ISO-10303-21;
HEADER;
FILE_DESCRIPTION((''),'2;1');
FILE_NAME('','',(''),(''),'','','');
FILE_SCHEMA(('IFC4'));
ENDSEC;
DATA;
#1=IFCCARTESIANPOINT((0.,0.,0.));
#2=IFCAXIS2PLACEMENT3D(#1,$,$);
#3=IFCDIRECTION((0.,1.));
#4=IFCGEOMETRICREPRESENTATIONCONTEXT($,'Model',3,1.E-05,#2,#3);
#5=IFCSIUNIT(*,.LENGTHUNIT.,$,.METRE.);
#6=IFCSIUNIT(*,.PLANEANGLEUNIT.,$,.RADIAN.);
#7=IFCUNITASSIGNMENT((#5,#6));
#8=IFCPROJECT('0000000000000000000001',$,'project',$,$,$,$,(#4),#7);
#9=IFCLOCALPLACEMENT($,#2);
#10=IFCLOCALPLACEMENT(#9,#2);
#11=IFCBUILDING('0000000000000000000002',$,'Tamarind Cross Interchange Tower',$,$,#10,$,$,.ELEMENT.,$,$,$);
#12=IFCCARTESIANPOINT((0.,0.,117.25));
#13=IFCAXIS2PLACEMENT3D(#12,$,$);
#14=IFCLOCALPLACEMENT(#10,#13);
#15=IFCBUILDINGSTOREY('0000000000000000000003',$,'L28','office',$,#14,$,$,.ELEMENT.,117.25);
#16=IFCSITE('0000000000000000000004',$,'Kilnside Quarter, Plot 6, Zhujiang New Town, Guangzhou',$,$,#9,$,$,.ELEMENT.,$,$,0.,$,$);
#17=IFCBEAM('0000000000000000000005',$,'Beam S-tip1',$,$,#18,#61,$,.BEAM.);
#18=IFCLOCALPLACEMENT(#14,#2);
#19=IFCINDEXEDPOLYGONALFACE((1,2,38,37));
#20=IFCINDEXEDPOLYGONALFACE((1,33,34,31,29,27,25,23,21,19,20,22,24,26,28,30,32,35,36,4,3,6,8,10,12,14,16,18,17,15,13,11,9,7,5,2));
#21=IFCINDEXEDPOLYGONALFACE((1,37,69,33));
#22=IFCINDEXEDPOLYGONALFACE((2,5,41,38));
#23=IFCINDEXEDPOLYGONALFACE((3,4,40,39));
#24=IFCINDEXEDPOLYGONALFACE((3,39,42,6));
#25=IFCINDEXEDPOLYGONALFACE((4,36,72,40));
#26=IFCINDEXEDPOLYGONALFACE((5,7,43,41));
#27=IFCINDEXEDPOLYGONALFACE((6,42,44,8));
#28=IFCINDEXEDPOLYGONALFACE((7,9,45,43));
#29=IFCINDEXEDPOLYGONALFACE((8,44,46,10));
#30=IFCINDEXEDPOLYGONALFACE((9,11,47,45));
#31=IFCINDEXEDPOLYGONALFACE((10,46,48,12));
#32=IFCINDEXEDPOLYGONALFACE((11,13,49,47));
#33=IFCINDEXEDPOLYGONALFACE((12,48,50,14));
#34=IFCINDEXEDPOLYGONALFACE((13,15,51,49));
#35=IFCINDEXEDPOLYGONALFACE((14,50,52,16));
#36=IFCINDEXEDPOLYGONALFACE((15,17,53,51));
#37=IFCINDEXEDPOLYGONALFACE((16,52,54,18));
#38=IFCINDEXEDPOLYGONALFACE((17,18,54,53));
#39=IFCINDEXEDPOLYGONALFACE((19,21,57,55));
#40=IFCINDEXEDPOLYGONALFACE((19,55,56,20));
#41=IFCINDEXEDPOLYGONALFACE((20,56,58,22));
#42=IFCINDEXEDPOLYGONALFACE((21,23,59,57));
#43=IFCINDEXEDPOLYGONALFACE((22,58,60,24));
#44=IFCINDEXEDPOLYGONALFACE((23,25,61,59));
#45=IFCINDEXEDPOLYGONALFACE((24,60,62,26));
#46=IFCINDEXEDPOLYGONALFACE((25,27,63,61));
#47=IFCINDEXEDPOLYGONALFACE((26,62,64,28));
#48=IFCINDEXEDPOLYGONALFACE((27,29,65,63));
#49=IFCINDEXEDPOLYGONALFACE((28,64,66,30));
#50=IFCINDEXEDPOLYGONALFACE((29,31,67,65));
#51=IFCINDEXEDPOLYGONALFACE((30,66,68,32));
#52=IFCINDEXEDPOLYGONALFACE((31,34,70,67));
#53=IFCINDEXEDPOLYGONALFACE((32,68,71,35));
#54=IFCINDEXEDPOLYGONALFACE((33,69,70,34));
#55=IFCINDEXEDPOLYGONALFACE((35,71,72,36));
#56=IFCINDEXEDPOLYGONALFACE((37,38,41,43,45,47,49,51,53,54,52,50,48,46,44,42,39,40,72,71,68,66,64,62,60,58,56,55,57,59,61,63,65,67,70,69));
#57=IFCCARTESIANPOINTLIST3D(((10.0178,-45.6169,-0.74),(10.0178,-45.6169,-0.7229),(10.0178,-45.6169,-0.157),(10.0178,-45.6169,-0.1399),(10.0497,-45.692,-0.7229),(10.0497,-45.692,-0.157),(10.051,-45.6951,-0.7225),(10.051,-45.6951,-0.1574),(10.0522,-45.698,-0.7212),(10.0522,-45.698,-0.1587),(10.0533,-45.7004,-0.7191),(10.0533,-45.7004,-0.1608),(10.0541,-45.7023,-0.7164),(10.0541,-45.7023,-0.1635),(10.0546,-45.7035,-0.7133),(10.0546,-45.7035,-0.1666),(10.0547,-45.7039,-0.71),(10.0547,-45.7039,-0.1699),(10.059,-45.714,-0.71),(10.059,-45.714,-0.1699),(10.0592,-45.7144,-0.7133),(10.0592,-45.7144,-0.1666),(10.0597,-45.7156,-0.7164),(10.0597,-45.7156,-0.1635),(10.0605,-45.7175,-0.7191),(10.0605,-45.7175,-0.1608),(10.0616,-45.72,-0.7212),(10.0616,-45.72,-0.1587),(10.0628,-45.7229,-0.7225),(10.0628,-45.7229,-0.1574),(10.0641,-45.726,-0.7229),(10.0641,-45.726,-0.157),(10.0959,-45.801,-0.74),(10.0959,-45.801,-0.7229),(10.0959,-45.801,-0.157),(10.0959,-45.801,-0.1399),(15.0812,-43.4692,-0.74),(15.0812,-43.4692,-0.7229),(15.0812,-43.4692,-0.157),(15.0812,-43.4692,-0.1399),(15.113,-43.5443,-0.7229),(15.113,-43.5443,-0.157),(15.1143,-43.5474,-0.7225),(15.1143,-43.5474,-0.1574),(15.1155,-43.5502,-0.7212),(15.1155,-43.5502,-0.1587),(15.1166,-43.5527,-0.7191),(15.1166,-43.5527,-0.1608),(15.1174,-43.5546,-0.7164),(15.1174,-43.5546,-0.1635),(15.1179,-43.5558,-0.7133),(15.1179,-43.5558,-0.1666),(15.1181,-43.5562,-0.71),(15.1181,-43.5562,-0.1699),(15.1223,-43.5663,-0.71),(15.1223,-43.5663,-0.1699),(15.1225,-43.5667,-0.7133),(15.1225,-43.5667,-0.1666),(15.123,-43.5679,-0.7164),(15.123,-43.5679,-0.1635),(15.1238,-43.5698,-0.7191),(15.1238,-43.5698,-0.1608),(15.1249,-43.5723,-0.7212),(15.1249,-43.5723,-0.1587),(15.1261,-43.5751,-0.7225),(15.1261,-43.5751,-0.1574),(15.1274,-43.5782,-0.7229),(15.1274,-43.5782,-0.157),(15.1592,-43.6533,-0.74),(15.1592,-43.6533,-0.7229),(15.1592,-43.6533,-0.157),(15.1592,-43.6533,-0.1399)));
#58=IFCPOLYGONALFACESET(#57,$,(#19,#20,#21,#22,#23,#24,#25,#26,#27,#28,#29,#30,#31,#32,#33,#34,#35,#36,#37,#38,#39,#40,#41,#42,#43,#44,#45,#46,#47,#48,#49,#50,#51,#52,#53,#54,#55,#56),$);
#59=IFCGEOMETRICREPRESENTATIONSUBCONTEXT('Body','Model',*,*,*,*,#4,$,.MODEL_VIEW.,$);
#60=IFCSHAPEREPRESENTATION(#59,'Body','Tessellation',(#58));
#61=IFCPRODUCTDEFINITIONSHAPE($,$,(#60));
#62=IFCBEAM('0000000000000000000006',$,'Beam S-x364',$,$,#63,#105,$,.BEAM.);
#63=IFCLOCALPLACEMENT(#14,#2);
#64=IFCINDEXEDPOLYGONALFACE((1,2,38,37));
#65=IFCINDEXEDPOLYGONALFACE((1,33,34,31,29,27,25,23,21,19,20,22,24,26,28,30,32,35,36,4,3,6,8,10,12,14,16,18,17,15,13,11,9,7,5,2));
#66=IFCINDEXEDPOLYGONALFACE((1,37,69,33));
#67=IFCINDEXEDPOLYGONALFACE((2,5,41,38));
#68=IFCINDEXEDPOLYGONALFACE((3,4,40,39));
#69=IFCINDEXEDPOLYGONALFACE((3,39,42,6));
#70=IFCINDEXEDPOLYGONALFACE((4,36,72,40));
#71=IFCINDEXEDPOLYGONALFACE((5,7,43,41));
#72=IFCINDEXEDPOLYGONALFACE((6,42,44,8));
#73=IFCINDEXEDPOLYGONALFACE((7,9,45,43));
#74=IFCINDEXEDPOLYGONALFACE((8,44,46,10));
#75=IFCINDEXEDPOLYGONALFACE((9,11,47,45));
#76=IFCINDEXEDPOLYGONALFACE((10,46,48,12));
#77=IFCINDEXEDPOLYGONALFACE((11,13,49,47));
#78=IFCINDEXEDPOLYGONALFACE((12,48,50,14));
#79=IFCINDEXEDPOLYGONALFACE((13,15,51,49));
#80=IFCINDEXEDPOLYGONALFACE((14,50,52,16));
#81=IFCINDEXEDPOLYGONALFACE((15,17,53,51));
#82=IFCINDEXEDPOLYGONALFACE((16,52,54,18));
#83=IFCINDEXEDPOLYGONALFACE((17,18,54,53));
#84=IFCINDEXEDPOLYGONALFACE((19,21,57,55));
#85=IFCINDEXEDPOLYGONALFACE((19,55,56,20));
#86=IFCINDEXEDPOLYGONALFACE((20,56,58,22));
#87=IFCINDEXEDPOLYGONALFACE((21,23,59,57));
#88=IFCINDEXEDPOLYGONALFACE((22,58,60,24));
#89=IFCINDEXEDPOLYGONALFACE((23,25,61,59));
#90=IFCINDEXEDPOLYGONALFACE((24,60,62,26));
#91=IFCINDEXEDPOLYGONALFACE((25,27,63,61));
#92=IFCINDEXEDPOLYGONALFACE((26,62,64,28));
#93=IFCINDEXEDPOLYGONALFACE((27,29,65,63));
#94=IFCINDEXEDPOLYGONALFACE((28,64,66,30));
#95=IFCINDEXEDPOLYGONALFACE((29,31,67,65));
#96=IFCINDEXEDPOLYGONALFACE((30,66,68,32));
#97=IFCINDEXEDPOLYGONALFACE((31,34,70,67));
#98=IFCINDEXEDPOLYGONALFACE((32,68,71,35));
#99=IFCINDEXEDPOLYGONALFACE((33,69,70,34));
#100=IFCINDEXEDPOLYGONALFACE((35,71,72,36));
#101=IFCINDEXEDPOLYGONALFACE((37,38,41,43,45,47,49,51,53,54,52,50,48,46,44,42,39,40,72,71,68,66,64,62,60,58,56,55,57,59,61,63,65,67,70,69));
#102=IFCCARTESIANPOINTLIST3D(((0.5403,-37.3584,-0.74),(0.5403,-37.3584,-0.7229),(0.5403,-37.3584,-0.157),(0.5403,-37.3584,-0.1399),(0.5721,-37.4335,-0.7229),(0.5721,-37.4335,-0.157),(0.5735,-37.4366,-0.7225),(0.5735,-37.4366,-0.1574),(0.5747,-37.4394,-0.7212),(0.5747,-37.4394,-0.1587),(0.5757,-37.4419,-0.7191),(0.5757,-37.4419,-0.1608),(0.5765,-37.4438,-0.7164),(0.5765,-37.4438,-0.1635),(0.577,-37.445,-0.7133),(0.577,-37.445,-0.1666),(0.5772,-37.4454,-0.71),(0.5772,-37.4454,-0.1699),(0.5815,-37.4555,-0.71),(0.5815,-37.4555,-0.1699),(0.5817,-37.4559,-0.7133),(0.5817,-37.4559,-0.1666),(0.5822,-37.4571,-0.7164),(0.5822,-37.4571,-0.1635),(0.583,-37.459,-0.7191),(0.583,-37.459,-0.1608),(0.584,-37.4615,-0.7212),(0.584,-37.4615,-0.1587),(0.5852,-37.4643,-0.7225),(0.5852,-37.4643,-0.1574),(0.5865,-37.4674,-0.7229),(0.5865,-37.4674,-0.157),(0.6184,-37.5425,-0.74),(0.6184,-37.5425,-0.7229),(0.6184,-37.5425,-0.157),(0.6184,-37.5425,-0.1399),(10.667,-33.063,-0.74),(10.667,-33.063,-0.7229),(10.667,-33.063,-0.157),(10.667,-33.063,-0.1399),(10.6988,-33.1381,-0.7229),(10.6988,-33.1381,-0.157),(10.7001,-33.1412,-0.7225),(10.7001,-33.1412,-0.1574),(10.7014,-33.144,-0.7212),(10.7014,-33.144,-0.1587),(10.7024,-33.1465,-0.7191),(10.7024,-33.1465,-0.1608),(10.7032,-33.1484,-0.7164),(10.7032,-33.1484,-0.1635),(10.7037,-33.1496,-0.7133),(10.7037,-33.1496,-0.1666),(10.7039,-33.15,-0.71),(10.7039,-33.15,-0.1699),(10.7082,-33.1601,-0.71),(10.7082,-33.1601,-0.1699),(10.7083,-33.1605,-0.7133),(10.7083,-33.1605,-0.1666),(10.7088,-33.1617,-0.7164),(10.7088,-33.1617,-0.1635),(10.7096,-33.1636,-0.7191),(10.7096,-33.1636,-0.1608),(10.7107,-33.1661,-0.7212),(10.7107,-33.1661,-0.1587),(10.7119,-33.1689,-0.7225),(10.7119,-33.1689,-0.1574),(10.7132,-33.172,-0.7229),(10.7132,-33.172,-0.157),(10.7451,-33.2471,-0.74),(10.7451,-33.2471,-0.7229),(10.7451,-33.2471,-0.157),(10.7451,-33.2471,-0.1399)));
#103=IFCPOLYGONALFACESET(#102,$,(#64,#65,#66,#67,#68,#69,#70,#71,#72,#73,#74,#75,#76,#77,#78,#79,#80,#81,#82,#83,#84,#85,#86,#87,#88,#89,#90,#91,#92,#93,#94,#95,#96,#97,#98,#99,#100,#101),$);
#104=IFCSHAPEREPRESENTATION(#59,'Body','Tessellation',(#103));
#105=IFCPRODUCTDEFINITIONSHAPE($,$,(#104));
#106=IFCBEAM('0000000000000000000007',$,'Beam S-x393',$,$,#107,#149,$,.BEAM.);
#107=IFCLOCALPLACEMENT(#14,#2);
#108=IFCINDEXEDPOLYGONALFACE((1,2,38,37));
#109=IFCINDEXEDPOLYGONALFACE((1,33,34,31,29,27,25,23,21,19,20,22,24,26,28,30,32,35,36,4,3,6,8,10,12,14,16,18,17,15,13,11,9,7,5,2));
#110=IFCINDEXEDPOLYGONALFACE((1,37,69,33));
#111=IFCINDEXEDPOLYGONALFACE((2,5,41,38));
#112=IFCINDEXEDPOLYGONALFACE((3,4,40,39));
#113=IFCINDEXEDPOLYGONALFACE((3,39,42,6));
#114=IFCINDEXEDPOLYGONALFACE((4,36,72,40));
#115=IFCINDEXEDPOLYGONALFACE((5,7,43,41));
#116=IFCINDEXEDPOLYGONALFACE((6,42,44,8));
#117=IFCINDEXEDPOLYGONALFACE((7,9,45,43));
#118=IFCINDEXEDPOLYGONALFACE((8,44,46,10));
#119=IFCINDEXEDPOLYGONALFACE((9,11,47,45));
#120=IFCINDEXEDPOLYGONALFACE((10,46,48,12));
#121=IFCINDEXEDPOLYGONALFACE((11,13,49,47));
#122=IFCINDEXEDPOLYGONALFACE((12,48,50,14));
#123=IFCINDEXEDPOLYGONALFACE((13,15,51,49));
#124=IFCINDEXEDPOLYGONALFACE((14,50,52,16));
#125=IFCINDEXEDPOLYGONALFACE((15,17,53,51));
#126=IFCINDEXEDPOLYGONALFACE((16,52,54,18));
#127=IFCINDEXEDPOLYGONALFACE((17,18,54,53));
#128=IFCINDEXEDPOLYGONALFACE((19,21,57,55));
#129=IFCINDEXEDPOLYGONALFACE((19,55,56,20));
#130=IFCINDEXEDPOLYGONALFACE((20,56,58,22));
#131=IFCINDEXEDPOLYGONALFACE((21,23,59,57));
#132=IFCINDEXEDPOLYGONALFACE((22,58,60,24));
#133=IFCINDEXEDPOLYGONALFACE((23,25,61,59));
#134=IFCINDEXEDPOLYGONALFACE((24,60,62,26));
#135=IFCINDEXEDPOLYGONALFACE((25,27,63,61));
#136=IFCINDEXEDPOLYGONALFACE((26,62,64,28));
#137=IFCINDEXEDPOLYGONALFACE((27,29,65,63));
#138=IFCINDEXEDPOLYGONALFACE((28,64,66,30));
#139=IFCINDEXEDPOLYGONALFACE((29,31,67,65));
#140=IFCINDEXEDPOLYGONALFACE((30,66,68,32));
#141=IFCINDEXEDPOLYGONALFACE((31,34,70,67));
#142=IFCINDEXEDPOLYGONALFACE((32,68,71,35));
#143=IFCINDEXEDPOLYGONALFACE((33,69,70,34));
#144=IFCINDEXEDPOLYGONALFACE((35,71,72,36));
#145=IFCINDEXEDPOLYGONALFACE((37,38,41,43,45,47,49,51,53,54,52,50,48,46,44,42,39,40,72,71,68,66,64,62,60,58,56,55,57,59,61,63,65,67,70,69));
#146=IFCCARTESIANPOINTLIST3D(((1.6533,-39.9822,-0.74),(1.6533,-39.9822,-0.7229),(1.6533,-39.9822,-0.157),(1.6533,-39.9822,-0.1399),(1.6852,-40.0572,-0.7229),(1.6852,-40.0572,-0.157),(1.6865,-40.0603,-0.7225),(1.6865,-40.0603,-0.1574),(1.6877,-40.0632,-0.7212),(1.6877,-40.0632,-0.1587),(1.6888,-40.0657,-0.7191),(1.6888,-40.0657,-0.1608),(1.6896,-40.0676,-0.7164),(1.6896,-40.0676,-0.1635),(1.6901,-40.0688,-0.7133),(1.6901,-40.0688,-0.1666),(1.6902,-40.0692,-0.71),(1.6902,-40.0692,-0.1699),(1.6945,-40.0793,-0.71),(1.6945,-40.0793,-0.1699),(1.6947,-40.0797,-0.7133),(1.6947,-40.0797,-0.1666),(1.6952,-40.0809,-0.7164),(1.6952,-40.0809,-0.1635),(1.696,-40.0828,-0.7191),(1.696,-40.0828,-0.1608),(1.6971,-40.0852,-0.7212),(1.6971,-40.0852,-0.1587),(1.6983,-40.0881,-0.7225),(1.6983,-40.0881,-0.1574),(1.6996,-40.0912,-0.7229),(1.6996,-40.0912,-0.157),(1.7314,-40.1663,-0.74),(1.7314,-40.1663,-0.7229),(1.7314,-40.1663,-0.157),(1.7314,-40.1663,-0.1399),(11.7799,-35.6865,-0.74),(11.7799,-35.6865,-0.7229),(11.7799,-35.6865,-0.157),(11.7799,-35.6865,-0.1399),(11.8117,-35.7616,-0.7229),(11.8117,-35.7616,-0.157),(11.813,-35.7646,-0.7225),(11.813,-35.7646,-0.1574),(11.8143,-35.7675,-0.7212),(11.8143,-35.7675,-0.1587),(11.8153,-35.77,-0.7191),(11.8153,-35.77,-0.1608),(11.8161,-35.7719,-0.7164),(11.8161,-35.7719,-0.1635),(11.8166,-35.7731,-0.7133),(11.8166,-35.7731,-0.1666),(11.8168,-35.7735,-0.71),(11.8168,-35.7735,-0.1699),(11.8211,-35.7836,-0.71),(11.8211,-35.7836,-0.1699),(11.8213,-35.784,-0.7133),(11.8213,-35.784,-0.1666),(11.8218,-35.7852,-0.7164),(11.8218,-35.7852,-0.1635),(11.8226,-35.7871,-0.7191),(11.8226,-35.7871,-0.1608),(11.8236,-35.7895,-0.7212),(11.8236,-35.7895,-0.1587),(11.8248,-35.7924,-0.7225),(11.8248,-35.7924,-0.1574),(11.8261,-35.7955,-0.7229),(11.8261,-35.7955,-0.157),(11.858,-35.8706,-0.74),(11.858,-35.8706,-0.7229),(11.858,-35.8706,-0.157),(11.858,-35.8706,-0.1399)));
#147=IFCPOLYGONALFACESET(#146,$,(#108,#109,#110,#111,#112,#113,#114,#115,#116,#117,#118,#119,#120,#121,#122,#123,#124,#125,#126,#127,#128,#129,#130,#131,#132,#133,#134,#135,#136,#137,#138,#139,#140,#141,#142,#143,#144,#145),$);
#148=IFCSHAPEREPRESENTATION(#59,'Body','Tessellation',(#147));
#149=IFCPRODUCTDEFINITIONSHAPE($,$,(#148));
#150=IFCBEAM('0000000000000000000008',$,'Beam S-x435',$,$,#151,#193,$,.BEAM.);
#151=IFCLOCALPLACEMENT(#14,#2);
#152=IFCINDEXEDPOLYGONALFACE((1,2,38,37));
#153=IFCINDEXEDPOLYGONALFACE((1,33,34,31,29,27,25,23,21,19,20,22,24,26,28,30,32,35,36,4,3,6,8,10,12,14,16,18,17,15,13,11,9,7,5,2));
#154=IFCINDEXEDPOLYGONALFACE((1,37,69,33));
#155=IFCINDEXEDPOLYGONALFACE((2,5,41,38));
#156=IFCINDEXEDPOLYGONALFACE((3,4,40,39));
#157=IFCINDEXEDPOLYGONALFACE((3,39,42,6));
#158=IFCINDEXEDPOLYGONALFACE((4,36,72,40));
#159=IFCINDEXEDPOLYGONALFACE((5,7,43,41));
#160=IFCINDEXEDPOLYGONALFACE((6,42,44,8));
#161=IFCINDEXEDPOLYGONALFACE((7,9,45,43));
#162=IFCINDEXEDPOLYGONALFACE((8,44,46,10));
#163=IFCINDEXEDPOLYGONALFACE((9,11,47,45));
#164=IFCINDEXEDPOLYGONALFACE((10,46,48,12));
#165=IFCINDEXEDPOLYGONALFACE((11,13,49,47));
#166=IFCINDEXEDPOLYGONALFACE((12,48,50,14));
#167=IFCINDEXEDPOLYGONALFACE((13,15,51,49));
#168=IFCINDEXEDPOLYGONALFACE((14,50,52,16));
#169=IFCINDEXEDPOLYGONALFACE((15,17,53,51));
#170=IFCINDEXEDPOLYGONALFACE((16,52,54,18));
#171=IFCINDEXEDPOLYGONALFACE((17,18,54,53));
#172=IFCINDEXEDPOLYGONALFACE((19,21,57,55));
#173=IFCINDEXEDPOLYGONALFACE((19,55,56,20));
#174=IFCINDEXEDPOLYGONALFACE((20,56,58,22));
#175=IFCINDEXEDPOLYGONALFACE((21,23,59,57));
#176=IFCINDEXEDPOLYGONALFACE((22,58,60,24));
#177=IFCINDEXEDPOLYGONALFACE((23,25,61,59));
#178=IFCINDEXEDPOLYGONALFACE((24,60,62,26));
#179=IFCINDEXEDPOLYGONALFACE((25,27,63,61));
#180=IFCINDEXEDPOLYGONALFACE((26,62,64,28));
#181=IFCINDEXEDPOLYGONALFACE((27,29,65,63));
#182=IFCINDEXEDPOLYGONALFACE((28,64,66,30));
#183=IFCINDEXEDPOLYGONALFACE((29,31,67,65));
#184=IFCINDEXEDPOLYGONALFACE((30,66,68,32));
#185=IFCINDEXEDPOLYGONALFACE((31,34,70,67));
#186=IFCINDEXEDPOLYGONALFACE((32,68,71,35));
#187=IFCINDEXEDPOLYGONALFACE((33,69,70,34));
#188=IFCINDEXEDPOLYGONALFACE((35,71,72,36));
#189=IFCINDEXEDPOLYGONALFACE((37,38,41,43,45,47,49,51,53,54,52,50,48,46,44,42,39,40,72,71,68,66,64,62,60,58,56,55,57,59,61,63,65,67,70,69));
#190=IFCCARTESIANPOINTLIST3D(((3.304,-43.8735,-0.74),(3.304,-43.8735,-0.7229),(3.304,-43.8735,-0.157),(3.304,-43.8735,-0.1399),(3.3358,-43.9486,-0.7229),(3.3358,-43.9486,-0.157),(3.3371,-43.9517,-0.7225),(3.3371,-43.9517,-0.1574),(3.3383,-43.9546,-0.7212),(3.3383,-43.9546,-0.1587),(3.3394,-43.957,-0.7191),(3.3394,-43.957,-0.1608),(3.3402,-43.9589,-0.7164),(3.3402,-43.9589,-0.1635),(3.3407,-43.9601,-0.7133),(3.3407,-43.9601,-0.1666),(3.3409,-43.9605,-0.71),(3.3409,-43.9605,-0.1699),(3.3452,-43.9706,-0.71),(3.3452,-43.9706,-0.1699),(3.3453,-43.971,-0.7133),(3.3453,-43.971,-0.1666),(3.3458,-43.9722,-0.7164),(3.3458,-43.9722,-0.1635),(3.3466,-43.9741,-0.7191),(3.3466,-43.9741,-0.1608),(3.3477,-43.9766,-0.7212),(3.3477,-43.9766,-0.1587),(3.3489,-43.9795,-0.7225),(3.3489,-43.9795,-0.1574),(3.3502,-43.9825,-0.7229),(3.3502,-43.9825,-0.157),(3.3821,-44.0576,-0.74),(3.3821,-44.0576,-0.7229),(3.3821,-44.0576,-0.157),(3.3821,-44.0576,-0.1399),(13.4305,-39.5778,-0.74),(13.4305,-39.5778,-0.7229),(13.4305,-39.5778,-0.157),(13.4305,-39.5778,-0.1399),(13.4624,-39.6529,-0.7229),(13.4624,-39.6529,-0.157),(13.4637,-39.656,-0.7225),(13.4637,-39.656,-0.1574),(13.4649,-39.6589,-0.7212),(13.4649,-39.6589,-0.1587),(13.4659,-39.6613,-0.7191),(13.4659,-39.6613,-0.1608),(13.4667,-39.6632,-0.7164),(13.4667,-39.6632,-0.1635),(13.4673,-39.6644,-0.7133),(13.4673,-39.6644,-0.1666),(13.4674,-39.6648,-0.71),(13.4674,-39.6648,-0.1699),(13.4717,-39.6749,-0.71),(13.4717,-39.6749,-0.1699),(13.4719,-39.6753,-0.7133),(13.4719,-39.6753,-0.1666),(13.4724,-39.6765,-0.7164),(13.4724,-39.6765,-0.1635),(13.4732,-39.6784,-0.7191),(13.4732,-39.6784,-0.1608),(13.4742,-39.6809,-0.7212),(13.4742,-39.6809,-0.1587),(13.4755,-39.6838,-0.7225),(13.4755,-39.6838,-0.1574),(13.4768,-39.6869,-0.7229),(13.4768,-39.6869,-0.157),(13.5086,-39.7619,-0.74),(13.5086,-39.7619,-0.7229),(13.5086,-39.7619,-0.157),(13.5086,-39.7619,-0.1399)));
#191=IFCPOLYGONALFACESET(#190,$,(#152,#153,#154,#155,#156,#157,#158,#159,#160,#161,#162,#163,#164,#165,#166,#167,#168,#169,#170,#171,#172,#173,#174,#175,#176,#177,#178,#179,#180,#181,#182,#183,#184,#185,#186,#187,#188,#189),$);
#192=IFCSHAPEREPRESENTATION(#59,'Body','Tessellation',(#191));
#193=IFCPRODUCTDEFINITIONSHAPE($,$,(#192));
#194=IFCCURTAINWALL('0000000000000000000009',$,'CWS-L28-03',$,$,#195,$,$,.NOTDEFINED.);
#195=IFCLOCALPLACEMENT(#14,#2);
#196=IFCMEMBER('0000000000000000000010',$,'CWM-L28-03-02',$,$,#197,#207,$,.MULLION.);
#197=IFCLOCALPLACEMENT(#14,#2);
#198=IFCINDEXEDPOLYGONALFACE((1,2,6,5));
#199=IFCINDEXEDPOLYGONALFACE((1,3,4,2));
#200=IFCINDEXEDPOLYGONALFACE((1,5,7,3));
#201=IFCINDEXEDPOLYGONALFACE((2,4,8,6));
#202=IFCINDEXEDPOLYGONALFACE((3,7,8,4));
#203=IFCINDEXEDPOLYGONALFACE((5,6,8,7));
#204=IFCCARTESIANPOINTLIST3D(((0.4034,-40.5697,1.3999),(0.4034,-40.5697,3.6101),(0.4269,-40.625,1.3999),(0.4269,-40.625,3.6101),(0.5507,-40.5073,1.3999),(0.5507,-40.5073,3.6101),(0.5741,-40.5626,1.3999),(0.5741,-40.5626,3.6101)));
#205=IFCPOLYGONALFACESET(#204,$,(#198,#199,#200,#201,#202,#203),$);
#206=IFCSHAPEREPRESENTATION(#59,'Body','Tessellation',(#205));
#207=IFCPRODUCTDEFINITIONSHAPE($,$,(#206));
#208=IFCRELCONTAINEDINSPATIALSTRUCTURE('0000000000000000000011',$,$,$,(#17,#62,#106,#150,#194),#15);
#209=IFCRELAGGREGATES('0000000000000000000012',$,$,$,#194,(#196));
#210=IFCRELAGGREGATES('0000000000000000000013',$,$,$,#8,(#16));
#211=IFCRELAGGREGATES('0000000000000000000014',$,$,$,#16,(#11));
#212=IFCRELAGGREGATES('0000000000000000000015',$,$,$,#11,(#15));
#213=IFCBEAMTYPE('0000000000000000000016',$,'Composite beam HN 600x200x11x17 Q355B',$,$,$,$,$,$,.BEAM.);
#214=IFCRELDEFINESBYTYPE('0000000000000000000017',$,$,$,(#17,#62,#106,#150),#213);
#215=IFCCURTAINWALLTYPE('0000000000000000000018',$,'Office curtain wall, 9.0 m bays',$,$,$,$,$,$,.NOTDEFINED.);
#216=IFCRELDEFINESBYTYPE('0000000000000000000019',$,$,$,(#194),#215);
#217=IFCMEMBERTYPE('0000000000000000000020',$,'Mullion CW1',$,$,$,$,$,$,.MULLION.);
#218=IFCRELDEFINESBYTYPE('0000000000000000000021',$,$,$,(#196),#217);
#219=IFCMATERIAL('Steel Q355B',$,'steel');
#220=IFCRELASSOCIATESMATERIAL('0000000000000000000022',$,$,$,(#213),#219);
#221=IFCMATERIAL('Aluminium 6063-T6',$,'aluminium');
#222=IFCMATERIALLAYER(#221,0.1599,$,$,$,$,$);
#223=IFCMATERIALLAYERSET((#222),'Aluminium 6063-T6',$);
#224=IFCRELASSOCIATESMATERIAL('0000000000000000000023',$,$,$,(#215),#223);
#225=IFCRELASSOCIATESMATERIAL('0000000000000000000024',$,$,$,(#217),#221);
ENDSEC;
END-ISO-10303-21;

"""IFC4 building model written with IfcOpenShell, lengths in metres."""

from ifc_helpers import new_model, si_unit, direction, frame, origin, origin_2d, place, context, subcontext, project, spatial, rectangle, i_section, extrude, material, layer, layer_set, material_profile, profile_set, type_object, element, aggregate, save


model = new_model("IFC4")

# Units and contexts
model_context = context("Model", 3, precision=1e-05, world=origin(), true_north=direction((0.0, 1.0)))
body_context = subcontext(model_context, "Body", "Model", "MODEL_VIEW")
ifc_project = project(units=[si_unit("LENGTHUNIT", "METRE"), si_unit("PLANEANGLEUNIT", "RADIAN")], contexts=[model_context])

# Site, building, storey
site_placement = place(None, origin())
site = spatial("IfcSite", under=ifc_project, at=site_placement, Name="Kilnside Quarter, Plot 6, Zhujiang New Town, Guangzhou", CompositionType="ELEMENT", RefElevation=0.0)
building_placement = place(site_placement, origin())
building = spatial("IfcBuilding", under=site, at=building_placement, Name="Tamarind Cross Interchange Tower", CompositionType="ELEMENT")
storey_placement = place(building_placement, frame((0.0, 0.0, 117.25)))
storey = spatial("IfcBuildingStorey", under=building, at=storey_placement, Name="L28", Description="office", CompositionType="ELEMENT", Elevation=117.25)

# Beams
ifc_material_1 = material(Name="Steel Q355B", Category="steel")
ifc_material_profile_1 = material_profile(ifc_material_1, i_section(OverallWidth=0.2, OverallDepth=0.6001, WebThickness=0.011, FlangeThickness=0.0171, FilletRadius=0.0129, at=origin_2d()), Name="HN 600x200x11x17")
ifc_profile_set_1 = profile_set([ifc_material_profile_1], Name="Steel Q355B")
beam_type_1 = type_object("IfcBeamType", Name="Composite beam HN 600x200x11x17 Q355B", PredefinedType="BEAM", material=ifc_profile_set_1)
for number, where, z_axis, x_axis, name in (
    (1, (10.0569, -45.709, -0.4399), (0.920604, 0.390499, 0.0), (-0.390499, 0.920604, 0.0), "Beam S-tip1"),
):
    element("IfcBeam", number, at=place(storey_placement, frame(where, z_axis=z_axis, x_axis=x_axis)), inside=storey, type_object=beam_type_1, Name=name, PredefinedType="BEAM", context=body_context, shape_type="SweptSolid", body=[
        extrude(i_section(OverallWidth=0.2, OverallDepth=0.6001, WebThickness=0.011, FlangeThickness=0.0171, FilletRadius=0.0129, at=origin_2d()), origin(), (0.0, 0.0, 1.0), 5.5),
    ])
for number, where, z_axis, x_axis, name in (
    (2, (0.5793, -37.4504, -0.4399), (0.920607, 0.390491, 0.0), (-0.390491, 0.920607, 0.0), "Beam S-x364"),
    (3, (1.6924, -40.0742, -0.4399), (0.920596, 0.390517, 0.0), (-0.390517, 0.920596, 0.0), "Beam S-x393"),
    (4, (3.343, -43.9656, -0.4399), (0.920596, 0.390517, 0.0), (-0.390517, 0.920596, 0.0), "Beam S-x435"),
):
    element("IfcBeam", number, at=place(storey_placement, frame(where, z_axis=z_axis, x_axis=x_axis)), inside=storey, type_object=beam_type_1, Name=name, PredefinedType="BEAM", context=body_context, shape_type="SweptSolid", body=[
        extrude(i_section(OverallWidth=0.2, OverallDepth=0.6001, WebThickness=0.011, FlangeThickness=0.0171, FilletRadius=0.0129, at=origin_2d()), origin(), (0.0, 0.0, 1.0), 11.0),
    ])

# Curtain wall, member
ifc_material_2 = material(Name="Aluminium 6063-T6", Category="aluminium")
ifc_layer_1 = layer(ifc_material_2, 0.1599)
ifc_layer_set_1 = layer_set([ifc_layer_1], Name="Aluminium 6063-T6")
curtain_wall_type = type_object("IfcCurtainWallType", Name="Office curtain wall, 9.0 m bays", PredefinedType="NOTDEFINED", material=ifc_layer_set_1)
curtain_wall_1_placement = place(storey_placement, origin())
curtain_wall_1 = element("IfcCurtainWall", 5, at=curtain_wall_1_placement, inside=storey, type_object=curtain_wall_type, Name="CWS-L28-03", PredefinedType="NOTDEFINED")
ifc_material_profile_2 = material_profile(ifc_material_2, rectangle(XDim=0.0601, YDim=0.1599, at=origin_2d()), Name="Mullion CW1")
ifc_profile_set_2 = profile_set([ifc_material_profile_2], Name="Aluminium 6063-T6")
member_type = type_object("IfcMemberType", Name="Mullion CW1", PredefinedType="MULLION", material=ifc_profile_set_2)
member_1_placement = place(storey_placement, frame((0.4888, -40.5662, 1.3999), z_axis=(0.0, 0.0, 1.0), x_axis=(0.3905, -0.920603, 0.0)))
member_1 = element("IfcMember", 6, at=member_1_placement, type_object=member_type, Name="CWM-L28-03-02", PredefinedType="MULLION", context=body_context, shape_type="SweptSolid", body=[
    extrude(rectangle(XDim=0.0601, YDim=0.1599, at=origin_2d()), origin(), (0.0, 0.0, 1.0), 2.2102),
])
aggregate(curtain_wall_1, [member_1])

save(model, "model.ifc")
